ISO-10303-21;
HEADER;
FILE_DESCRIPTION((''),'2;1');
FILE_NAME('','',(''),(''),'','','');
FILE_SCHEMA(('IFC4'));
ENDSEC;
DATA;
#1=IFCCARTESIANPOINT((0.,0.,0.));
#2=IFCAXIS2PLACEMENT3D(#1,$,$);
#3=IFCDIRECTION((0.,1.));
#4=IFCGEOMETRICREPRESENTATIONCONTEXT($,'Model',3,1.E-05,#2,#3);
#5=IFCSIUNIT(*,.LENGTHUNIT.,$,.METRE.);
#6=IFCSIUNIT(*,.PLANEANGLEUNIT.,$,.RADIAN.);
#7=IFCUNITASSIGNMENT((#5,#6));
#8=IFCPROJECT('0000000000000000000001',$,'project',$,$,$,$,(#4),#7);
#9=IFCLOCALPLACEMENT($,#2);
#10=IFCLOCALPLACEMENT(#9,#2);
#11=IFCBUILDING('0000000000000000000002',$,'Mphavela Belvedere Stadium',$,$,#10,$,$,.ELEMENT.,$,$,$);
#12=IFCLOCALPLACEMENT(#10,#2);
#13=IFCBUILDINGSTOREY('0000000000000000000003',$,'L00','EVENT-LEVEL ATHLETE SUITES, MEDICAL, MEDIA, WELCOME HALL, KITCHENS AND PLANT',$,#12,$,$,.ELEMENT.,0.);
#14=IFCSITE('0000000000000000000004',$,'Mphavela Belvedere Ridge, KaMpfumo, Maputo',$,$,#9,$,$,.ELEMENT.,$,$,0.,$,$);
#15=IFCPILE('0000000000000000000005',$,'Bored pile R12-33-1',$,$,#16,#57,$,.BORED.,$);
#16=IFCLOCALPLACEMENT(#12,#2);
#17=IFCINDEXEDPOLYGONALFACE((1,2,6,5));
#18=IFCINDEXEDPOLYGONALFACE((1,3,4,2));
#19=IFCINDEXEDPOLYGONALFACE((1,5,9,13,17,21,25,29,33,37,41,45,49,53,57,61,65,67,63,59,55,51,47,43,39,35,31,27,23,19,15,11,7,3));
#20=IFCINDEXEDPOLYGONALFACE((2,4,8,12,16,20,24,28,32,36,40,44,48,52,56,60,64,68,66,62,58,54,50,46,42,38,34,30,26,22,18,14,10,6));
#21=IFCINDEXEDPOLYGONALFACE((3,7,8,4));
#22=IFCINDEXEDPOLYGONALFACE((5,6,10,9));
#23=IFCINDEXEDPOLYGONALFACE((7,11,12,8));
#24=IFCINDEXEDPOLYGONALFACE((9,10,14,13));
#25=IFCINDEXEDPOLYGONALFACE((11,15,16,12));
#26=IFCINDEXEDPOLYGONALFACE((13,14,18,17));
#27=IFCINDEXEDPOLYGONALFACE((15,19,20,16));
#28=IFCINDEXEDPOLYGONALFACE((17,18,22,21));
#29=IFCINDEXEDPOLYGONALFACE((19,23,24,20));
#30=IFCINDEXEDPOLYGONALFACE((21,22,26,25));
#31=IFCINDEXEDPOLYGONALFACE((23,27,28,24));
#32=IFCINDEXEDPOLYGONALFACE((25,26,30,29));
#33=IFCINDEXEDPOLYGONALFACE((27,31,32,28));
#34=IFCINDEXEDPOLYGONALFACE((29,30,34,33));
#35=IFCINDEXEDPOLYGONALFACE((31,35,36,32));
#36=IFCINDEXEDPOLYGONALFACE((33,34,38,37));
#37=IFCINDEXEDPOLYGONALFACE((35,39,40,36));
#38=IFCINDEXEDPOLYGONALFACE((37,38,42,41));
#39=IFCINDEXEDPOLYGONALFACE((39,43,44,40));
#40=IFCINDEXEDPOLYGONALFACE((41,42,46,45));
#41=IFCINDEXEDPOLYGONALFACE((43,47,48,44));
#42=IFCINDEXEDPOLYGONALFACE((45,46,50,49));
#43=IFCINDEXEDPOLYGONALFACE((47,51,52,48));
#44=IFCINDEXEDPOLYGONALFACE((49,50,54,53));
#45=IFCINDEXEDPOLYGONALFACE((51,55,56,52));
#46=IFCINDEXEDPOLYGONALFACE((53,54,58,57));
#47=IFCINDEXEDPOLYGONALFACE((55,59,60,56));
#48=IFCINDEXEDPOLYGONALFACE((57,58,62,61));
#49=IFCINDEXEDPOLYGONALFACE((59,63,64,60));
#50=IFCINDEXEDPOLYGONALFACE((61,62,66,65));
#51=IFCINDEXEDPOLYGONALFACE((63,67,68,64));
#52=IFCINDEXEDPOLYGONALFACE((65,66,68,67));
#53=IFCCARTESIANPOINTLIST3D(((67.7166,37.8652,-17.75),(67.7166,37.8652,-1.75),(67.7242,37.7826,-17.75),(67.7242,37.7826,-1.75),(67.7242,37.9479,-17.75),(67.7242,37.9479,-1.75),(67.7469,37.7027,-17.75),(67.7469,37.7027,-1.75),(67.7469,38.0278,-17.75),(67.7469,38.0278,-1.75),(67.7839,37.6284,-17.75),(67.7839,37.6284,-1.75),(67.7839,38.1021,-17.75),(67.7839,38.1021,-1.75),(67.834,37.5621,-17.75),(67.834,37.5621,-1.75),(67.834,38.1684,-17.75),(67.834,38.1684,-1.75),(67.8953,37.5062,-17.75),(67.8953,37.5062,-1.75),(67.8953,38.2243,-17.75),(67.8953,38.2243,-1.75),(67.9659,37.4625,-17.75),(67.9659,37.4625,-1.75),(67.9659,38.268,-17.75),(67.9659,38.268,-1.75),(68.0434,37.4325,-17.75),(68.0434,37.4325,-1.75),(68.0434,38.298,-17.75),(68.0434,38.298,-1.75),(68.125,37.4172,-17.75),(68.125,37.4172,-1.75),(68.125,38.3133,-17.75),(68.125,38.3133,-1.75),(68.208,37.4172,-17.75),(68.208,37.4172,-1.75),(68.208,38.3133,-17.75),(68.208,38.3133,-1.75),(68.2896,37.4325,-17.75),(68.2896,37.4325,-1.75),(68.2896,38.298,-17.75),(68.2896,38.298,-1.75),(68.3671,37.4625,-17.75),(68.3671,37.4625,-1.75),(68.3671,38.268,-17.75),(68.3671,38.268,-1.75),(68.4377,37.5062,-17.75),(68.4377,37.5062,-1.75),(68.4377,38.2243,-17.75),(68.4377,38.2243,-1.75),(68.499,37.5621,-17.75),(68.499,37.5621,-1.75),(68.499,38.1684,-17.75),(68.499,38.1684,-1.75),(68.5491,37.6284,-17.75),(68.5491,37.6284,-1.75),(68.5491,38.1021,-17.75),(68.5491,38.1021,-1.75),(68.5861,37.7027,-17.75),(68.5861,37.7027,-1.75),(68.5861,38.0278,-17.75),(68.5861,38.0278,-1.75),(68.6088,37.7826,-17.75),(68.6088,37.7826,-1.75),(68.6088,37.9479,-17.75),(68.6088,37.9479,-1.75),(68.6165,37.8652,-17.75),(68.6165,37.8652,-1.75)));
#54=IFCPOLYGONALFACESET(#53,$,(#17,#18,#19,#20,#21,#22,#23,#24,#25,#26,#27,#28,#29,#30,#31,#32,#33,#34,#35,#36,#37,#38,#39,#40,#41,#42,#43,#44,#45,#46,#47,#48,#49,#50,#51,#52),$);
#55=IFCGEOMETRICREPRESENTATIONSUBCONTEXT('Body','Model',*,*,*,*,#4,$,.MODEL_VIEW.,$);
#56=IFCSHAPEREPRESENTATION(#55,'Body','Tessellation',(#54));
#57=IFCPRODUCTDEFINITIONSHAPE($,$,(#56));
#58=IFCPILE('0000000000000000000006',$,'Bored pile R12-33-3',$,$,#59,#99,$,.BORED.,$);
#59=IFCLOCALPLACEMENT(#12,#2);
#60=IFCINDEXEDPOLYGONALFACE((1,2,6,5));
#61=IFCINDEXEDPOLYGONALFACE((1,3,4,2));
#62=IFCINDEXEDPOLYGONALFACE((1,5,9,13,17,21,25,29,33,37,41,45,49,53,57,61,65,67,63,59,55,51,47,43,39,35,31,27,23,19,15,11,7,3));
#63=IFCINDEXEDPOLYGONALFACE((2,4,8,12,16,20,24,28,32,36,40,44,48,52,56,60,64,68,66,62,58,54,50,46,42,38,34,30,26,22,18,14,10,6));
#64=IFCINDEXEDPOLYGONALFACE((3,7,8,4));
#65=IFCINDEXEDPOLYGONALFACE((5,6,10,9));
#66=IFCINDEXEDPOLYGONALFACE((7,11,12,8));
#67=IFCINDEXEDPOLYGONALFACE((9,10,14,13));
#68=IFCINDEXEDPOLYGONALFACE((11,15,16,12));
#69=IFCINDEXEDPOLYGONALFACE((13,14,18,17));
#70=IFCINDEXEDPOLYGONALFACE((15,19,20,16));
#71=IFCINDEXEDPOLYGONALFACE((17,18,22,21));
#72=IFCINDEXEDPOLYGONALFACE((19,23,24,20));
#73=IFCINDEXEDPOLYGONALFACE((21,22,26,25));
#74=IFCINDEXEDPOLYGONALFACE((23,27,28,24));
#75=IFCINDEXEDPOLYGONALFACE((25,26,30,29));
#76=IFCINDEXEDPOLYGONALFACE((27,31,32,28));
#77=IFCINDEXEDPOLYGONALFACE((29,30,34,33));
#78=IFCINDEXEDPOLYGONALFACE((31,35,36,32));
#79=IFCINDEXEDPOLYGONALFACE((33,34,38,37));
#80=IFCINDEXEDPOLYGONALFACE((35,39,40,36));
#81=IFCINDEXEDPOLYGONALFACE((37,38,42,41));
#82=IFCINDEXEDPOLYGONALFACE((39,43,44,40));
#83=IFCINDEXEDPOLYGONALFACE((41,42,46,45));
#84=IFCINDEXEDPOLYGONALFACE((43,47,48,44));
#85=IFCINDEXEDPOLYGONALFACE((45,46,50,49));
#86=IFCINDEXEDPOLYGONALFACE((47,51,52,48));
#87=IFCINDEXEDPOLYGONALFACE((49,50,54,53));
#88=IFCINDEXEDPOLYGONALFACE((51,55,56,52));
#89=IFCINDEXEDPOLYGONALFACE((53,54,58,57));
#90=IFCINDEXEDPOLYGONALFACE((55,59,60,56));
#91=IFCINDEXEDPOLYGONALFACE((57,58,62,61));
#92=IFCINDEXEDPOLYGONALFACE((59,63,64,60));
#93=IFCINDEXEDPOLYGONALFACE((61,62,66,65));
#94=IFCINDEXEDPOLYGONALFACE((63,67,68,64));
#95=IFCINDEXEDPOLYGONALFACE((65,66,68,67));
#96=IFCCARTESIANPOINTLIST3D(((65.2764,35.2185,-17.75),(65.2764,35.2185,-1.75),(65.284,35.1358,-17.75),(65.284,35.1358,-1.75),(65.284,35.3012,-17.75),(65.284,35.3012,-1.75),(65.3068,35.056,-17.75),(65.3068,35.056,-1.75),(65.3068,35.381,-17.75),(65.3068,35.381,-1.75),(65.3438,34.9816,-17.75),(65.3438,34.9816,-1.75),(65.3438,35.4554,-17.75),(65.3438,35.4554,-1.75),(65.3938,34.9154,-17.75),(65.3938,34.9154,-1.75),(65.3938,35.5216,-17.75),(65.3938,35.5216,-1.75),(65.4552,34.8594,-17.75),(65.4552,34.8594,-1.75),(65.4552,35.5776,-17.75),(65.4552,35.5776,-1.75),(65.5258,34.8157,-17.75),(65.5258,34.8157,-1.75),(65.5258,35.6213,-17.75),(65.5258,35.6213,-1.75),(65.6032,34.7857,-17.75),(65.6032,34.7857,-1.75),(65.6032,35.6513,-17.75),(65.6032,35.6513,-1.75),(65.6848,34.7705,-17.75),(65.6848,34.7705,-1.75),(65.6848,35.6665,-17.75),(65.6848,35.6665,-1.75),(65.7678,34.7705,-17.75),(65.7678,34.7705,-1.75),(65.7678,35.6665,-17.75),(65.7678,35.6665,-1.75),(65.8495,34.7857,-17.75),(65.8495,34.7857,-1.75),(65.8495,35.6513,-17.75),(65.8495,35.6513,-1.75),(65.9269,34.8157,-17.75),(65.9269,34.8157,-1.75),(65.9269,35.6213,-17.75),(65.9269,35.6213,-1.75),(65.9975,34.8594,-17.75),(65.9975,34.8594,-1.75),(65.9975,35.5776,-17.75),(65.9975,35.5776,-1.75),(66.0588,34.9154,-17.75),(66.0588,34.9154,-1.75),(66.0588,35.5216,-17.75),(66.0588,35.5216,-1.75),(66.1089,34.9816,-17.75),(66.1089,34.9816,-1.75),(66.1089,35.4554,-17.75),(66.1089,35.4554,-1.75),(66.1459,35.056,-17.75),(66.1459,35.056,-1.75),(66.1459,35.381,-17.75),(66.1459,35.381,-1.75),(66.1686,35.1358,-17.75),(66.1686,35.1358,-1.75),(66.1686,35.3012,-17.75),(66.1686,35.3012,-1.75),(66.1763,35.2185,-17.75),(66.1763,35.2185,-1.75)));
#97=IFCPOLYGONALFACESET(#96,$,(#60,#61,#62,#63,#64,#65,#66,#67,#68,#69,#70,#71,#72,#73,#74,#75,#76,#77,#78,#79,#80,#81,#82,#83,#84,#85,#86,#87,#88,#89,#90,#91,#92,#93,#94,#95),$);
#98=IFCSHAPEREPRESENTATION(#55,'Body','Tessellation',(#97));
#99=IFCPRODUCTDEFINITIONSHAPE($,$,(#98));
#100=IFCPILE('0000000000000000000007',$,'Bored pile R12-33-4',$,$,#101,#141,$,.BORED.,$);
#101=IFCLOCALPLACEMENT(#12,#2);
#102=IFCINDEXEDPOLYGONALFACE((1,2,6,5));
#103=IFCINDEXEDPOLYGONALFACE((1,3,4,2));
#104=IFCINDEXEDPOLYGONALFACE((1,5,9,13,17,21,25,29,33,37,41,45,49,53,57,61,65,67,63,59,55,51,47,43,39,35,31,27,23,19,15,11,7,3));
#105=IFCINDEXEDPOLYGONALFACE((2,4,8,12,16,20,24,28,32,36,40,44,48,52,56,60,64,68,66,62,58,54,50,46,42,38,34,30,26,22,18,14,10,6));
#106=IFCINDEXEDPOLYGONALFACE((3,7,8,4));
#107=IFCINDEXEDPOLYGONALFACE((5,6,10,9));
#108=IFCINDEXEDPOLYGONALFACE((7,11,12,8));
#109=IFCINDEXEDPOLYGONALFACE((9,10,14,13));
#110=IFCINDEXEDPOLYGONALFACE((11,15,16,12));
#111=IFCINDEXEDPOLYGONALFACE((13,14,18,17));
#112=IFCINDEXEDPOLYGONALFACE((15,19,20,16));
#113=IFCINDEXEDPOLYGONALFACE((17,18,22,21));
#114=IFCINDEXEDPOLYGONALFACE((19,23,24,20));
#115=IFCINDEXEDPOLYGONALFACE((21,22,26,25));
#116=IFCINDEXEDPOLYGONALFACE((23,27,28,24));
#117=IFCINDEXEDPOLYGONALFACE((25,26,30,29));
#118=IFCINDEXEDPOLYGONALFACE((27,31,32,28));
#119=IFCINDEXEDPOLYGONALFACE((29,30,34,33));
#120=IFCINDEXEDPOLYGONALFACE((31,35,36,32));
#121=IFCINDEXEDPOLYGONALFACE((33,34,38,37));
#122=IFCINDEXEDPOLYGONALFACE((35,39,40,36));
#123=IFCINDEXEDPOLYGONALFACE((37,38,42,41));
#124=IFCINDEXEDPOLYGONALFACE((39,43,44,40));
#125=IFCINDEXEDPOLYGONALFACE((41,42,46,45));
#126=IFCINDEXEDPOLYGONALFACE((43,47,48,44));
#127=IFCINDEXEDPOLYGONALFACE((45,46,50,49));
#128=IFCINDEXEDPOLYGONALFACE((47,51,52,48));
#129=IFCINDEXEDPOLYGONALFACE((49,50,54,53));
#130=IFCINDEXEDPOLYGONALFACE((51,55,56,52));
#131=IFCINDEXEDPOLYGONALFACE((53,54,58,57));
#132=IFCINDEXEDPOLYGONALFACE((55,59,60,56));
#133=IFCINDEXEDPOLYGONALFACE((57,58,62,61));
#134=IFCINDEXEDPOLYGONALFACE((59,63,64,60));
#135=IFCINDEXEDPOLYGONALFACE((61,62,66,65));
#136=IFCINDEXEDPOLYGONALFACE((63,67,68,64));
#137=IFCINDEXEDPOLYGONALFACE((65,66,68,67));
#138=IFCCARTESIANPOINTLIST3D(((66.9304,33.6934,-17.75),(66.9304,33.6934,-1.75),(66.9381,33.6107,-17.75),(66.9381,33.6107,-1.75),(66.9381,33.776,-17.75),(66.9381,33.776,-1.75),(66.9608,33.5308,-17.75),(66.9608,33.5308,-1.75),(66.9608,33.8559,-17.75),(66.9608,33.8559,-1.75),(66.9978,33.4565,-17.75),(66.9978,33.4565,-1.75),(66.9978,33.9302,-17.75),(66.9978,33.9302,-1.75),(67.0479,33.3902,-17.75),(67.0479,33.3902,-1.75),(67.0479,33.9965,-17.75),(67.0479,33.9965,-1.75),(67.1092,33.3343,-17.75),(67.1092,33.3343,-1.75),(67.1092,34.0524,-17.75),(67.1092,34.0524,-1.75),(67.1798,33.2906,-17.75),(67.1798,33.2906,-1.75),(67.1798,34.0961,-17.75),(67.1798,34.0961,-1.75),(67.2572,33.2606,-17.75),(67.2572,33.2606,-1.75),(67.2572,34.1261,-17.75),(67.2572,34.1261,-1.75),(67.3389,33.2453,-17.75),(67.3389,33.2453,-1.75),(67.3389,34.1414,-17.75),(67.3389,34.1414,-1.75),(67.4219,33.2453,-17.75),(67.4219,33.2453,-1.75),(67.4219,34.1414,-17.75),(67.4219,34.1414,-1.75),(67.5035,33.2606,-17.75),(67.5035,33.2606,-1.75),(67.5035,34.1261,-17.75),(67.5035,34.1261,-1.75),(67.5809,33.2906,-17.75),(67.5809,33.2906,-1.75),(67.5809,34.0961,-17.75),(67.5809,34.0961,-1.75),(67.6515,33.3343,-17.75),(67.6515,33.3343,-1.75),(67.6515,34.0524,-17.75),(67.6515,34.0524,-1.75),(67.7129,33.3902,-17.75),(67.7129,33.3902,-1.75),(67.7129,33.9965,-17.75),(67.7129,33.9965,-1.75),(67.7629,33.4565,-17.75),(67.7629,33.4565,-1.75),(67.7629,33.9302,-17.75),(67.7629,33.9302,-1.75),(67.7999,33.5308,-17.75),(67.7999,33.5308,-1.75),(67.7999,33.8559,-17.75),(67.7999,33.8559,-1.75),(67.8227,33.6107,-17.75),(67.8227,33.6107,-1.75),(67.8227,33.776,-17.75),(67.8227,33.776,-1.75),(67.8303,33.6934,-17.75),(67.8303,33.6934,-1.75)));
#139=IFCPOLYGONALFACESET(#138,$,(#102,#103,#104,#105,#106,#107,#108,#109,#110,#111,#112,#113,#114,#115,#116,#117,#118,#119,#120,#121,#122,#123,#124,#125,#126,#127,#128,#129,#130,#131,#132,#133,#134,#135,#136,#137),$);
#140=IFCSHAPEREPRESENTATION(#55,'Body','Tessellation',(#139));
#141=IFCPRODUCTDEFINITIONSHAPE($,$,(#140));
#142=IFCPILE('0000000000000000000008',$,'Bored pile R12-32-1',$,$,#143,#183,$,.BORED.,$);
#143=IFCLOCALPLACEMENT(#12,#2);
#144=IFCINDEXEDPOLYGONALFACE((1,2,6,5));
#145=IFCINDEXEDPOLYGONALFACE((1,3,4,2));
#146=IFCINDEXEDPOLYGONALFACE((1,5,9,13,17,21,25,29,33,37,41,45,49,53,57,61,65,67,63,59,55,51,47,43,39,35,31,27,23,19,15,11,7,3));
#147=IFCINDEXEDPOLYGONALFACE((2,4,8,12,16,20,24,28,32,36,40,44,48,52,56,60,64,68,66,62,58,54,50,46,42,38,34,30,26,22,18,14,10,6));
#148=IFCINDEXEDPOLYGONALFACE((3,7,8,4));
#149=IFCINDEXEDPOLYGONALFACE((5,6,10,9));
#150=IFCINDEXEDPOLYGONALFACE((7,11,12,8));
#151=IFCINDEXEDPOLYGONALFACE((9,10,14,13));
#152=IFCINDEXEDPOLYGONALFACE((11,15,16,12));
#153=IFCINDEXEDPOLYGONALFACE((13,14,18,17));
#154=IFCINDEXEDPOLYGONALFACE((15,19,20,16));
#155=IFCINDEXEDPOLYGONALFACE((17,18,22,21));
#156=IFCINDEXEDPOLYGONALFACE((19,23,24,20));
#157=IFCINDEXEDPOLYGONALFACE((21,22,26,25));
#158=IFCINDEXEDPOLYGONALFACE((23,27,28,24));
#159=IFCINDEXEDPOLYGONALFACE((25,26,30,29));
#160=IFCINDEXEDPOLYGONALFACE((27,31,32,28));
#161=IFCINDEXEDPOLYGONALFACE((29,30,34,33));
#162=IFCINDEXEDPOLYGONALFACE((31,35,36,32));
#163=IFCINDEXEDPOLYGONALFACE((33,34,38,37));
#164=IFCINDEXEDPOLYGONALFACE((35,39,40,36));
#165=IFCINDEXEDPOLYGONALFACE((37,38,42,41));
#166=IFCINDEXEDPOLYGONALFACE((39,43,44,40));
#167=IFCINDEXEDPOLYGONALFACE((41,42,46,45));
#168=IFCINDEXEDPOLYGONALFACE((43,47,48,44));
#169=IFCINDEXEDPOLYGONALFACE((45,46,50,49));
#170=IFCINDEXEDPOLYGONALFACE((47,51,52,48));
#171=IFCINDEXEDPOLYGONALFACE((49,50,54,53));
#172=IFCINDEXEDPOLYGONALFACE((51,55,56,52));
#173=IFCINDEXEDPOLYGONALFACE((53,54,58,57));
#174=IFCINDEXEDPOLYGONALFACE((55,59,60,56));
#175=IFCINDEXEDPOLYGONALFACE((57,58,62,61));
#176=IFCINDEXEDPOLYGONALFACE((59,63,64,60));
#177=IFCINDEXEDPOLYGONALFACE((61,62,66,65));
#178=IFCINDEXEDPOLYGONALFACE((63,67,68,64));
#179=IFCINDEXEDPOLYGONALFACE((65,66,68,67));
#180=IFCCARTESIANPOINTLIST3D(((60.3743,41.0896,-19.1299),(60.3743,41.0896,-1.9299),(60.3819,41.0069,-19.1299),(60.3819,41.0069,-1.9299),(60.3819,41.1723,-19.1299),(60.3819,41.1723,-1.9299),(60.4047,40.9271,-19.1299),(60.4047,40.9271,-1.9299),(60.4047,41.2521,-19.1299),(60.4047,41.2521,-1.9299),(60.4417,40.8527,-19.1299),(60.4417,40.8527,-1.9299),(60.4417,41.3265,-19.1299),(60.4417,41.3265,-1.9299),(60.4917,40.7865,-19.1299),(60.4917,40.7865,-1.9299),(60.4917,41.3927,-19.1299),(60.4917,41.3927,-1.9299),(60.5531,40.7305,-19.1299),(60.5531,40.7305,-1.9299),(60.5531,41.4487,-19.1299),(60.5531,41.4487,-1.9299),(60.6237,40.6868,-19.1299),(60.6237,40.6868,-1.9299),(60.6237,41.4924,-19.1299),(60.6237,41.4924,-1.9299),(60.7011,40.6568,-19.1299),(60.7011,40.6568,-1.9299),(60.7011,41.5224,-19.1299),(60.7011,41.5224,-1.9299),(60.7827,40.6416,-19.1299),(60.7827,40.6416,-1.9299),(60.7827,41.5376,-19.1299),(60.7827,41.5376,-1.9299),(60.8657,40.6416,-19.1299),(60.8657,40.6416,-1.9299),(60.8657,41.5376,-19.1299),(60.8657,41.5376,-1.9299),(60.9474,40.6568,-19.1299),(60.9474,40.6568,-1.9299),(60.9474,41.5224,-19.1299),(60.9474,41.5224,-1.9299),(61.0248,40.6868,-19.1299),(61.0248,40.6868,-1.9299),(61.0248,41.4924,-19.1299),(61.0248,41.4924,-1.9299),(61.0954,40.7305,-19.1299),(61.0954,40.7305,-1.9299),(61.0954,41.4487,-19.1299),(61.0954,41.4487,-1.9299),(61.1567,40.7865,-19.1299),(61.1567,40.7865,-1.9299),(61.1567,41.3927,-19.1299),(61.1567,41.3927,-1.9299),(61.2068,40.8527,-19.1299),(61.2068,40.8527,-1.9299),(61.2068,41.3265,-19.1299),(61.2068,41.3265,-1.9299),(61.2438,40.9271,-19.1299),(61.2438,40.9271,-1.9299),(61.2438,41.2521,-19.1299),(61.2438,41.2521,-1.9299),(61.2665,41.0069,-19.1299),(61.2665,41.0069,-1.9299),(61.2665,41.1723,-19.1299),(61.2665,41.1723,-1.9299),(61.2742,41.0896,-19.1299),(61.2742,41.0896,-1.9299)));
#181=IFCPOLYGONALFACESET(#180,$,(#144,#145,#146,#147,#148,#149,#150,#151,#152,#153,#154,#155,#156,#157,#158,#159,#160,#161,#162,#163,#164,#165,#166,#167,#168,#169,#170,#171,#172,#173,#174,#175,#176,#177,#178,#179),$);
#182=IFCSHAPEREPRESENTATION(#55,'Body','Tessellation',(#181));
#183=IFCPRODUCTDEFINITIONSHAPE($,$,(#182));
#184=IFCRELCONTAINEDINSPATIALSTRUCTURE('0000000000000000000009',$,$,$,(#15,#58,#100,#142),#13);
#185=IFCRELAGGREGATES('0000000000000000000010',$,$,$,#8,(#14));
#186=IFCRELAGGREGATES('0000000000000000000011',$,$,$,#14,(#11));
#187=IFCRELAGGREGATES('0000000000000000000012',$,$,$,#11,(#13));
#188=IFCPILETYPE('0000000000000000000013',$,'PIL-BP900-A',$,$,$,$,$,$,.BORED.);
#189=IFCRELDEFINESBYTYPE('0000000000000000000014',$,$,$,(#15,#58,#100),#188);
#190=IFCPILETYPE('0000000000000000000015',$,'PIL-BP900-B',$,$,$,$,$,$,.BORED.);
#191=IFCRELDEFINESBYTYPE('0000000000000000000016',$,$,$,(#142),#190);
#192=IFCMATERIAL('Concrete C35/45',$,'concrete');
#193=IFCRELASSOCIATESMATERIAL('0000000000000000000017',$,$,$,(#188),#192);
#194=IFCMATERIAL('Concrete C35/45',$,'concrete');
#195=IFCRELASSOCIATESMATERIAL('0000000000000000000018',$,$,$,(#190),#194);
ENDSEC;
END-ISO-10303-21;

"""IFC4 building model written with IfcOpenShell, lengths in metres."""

from ifc_helpers import new_model, si_unit, direction, frame, origin, origin_2d, place, context, subcontext, project, spatial, circle, extrude, material, material_profile, profile_set, type_object, element, save


model = new_model("IFC4")

# Units and contexts
model_context = context("Model", 3, precision=1e-05, world=origin(), true_north=direction((0.0, 1.0)))
body_context = subcontext(model_context, "Body", "Model", "MODEL_VIEW")
ifc_project = project(units=[si_unit("LENGTHUNIT", "METRE"), si_unit("PLANEANGLEUNIT", "RADIAN")], contexts=[model_context])

# Site, building, storey
site_placement = place(None, origin())
site = spatial("IfcSite", under=ifc_project, at=site_placement, Name="Mphavela Belvedere Ridge, KaMpfumo, Maputo", CompositionType="ELEMENT", RefElevation=0.0)
building_placement = place(site_placement, origin())
building = spatial("IfcBuilding", under=site, at=building_placement, Name="Mphavela Belvedere Stadium", CompositionType="ELEMENT")
storey_placement = place(building_placement, origin())
storey = spatial("IfcBuildingStorey", under=building, at=storey_placement, Name="L00", Description="EVENT-LEVEL ATHLETE SUITES, MEDICAL, MEDIA, WELCOME HALL, KITCHENS AND PLANT", CompositionType="ELEMENT", Elevation=0.0)

# Piles
ifc_material_1 = material(Name="Concrete C35/45", Category="concrete")
ifc_material_profile_1 = material_profile(ifc_material_1, circle(Radius=0.45, at=origin_2d()), Name="BP D900")
ifc_profile_set_1 = profile_set([ifc_material_profile_1], Name="Concrete C35/45")
pile_type_1 = type_object("IfcPileType", Name="PIL-BP900-A", PredefinedType="BORED", material=ifc_profile_set_1)
for number, where, z_axis, x_axis, name in (
    (1, (68.1665, 37.8652, -1.75), (0.0, 0.0, -1.0), (1.0, 0.0, 0.0), "Bored pile R12-33-1"),
    (2, (65.7263, 35.2185, -1.75), (0.0, 0.0, -1.0), (1.0, 0.0, 0.0), "Bored pile R12-33-3"),
    (3, (67.3804, 33.6934, -1.75), (0.0, 0.0, -1.0), (1.0, 0.0, 0.0), "Bored pile R12-33-4"),
):
    element("IfcPile", number, at=place(storey_placement, frame(where, z_axis=z_axis, x_axis=x_axis)), inside=storey, type_object=pile_type_1, Name=name, PredefinedType="BORED", context=body_context, shape_type="SweptSolid", body=[
        extrude(circle(Radius=0.45, at=origin_2d()), origin(), (0.0, 0.0, 1.0), 16.0),
    ])
ifc_material_2 = material(Name="Concrete C35/45", Category="concrete")
ifc_material_profile_2 = material_profile(ifc_material_2, circle(Radius=0.45, at=origin_2d()), Name="BP D900")
ifc_profile_set_2 = profile_set([ifc_material_profile_2], Name="Concrete C35/45")
pile_type_2 = type_object("IfcPileType", Name="PIL-BP900-B", PredefinedType="BORED", material=ifc_profile_set_2)
for number, where, z_axis, x_axis, name in (
    (4, (60.8242, 41.0896, -1.9299), (0.0, 0.0, -1.0), (1.0, 0.0, 0.0), "Bored pile R12-32-1"),
):
    element("IfcPile", number, at=place(storey_placement, frame(where, z_axis=z_axis, x_axis=x_axis)), inside=storey, type_object=pile_type_2, Name=name, PredefinedType="BORED", context=body_context, shape_type="SweptSolid", body=[
        extrude(circle(Radius=0.45, at=origin_2d()), origin(), (0.0, 0.0, 1.0), 17.2),
    ])

save(model, "model.ifc")
